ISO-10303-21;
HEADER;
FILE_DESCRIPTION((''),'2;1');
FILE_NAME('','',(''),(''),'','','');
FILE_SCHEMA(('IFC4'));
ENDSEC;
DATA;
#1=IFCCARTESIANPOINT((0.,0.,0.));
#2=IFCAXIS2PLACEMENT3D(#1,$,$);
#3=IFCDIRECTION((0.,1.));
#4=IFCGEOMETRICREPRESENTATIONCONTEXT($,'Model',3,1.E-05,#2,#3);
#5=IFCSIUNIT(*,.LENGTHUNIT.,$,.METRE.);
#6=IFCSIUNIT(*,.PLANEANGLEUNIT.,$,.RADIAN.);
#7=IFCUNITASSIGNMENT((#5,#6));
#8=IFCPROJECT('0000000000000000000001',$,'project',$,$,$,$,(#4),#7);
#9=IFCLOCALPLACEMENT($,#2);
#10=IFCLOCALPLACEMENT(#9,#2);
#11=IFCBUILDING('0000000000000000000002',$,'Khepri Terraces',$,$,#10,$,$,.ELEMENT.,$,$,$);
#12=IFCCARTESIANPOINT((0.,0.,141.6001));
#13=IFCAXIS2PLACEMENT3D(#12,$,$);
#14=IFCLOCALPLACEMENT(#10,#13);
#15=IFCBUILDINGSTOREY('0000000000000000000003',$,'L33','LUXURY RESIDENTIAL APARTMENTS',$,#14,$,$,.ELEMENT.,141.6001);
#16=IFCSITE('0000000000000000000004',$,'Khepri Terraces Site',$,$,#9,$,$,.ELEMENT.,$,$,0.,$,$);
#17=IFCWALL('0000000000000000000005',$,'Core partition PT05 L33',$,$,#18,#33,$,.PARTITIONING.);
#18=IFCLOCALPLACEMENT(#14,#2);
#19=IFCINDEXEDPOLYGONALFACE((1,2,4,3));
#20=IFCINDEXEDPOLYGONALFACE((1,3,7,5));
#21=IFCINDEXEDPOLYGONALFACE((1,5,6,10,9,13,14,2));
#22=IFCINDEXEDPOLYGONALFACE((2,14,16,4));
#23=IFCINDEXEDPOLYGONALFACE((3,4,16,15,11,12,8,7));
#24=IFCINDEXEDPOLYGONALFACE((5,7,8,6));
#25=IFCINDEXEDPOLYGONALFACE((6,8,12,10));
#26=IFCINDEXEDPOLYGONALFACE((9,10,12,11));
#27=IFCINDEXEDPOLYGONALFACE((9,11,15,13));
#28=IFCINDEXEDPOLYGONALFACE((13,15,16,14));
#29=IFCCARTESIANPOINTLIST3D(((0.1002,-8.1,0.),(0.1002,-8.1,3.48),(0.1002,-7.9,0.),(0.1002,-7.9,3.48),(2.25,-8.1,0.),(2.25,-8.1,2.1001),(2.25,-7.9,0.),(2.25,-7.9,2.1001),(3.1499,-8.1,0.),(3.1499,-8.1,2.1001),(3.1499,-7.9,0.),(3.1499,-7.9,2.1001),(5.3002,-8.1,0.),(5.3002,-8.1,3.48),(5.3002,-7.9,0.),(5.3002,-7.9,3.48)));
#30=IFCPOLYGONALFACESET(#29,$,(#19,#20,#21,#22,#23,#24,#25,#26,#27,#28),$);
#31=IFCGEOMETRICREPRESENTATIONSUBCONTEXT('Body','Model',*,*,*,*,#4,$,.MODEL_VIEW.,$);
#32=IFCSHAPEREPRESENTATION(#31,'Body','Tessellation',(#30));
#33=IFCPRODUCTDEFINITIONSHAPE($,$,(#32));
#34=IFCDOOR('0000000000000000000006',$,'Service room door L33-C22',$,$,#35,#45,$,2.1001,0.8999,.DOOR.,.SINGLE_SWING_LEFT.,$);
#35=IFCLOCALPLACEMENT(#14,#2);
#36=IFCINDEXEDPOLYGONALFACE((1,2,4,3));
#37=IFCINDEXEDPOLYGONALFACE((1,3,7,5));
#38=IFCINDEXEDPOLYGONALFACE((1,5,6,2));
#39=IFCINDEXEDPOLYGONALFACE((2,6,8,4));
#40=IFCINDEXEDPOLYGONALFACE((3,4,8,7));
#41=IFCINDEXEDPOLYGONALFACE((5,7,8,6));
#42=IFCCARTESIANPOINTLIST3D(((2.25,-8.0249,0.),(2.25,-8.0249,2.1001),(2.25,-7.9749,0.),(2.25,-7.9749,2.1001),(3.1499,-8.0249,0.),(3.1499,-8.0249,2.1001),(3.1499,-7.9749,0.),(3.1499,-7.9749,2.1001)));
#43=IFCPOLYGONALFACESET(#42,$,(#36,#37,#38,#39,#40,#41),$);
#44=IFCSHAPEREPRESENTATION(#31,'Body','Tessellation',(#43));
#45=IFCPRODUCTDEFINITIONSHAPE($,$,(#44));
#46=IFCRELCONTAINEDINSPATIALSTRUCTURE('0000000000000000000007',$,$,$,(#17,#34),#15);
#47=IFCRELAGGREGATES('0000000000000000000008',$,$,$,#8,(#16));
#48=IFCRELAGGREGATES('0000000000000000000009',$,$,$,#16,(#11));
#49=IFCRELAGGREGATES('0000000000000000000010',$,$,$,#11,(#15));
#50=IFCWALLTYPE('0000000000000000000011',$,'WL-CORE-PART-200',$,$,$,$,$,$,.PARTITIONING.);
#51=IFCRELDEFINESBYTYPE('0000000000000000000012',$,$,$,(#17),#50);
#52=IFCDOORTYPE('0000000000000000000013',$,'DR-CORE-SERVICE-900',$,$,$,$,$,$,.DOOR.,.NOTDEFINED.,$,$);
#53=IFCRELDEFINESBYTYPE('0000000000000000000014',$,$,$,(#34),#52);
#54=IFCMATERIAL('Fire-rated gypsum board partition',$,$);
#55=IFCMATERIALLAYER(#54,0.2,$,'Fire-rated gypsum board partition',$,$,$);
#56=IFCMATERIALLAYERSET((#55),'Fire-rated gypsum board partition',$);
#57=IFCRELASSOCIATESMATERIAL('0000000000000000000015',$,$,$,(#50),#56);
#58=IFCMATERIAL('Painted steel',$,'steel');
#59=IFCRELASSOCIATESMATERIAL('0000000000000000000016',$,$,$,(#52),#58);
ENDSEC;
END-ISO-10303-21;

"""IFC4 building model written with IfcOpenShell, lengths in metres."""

from ifc_helpers import new_model, si_unit, direction, frame, frame_2d, origin, place, context, subcontext, project, spatial, rectangle, extrude, material, layer, layer_set, type_object, element, fill, save


model = new_model("IFC4")

# Units and contexts
model_context = context("Model", 3, precision=1e-05, world=origin(), true_north=direction((0.0, 1.0)))
body_context = subcontext(model_context, "Body", "Model", "MODEL_VIEW")
ifc_project = project(units=[si_unit("LENGTHUNIT", "METRE"), si_unit("PLANEANGLEUNIT", "RADIAN")], contexts=[model_context])

# Site, building, storey
site_placement = place(None, origin())
site = spatial("IfcSite", under=ifc_project, at=site_placement, Name="Khepri Terraces Site", CompositionType="ELEMENT", RefElevation=0.0)
building_placement = place(site_placement, origin())
building = spatial("IfcBuilding", under=site, at=building_placement, Name="Khepri Terraces", CompositionType="ELEMENT")
storey_placement = place(building_placement, frame((0.0, 0.0, 141.6001)))
storey = spatial("IfcBuildingStorey", under=building, at=storey_placement, Name="L33", Description="LUXURY RESIDENTIAL APARTMENTS", CompositionType="ELEMENT", Elevation=141.6001)

# Shared definitions
ifc_material_1 = material(Name="Painted steel", Category="steel")

# Wall, opening, door
ifc_material_2 = material(Name="Fire-rated gypsum board partition")
ifc_layer_1 = layer(ifc_material_2, 0.2, Name="Fire-rated gypsum board partition")
ifc_layer_set_1 = layer_set([ifc_layer_1], Name="Fire-rated gypsum board partition")
wall_type_1 = type_object("IfcWallType", Name="WL-CORE-PART-200", PredefinedType="PARTITIONING", material=ifc_layer_set_1)
wall_1_placement = place(storey_placement, frame((0.1001, -8.0, 0.0), z_axis=(0.0, 0.0, 1.0), x_axis=(1.0, 0.0, 0.0)))
wall_1 = element("IfcWall", 1, at=wall_1_placement, inside=storey, type_object=wall_type_1, Name="Core partition PT05 L33", PredefinedType="PARTITIONING", context=body_context, shape_type="SweptSolid", body=[
    extrude(rectangle(XDim=5.2, YDim=0.2, at=frame_2d((2.6001, 0.0))), origin(), (0.0, 0.0, 1.0), 3.48),
])
opening_1_placement = place(wall_1_placement, frame((2.1499, 0.0, 0.0)))
opening_1 = element("IfcOpeningElement", 2, at=opening_1_placement, cuts=wall_1, PredefinedType="OPENING", context=body_context, shape_type="SweptSolid", body=[
    extrude(rectangle(XDim=0.8999, YDim=2.1001, at=frame_2d((0.45, 1.05))), frame((0.0, 0.1099, 0.0), z_axis=(0.0, -1.0, 0.0), x_axis=(1.0, 0.0, 0.0)), (0.0, 0.0, 1.0), 0.22),
])
door_type_1 = type_object("IfcDoorType", Name="DR-CORE-SERVICE-900", OperationType="NOTDEFINED", PredefinedType="DOOR", material=ifc_material_1)
door_1_placement = place(opening_1_placement, frame((0.8999, 0.0, 0.0), z_axis=(0.0, 0.0, 1.0), x_axis=(-1.0, 0.0, 0.0)))
door_1 = element("IfcDoor", 3, at=door_1_placement, inside=storey, type_object=door_type_1, Name="Service room door L33-C22", OperationType="SINGLE_SWING_LEFT", OverallHeight=2.1001, OverallWidth=0.8999, PredefinedType="DOOR", context=body_context, shape_type="SweptSolid", body=[
    extrude(rectangle(XDim=0.8999, YDim=2.1001, at=frame_2d((0.45, 1.05))), frame((0.0, 0.0249, 0.0), z_axis=(0.0, -1.0, 0.0), x_axis=(1.0, 0.0, 0.0)), (0.0, 0.0, 1.0), 0.05),
])
fill(opening_1, door_1)

save(model, "model.ifc")
